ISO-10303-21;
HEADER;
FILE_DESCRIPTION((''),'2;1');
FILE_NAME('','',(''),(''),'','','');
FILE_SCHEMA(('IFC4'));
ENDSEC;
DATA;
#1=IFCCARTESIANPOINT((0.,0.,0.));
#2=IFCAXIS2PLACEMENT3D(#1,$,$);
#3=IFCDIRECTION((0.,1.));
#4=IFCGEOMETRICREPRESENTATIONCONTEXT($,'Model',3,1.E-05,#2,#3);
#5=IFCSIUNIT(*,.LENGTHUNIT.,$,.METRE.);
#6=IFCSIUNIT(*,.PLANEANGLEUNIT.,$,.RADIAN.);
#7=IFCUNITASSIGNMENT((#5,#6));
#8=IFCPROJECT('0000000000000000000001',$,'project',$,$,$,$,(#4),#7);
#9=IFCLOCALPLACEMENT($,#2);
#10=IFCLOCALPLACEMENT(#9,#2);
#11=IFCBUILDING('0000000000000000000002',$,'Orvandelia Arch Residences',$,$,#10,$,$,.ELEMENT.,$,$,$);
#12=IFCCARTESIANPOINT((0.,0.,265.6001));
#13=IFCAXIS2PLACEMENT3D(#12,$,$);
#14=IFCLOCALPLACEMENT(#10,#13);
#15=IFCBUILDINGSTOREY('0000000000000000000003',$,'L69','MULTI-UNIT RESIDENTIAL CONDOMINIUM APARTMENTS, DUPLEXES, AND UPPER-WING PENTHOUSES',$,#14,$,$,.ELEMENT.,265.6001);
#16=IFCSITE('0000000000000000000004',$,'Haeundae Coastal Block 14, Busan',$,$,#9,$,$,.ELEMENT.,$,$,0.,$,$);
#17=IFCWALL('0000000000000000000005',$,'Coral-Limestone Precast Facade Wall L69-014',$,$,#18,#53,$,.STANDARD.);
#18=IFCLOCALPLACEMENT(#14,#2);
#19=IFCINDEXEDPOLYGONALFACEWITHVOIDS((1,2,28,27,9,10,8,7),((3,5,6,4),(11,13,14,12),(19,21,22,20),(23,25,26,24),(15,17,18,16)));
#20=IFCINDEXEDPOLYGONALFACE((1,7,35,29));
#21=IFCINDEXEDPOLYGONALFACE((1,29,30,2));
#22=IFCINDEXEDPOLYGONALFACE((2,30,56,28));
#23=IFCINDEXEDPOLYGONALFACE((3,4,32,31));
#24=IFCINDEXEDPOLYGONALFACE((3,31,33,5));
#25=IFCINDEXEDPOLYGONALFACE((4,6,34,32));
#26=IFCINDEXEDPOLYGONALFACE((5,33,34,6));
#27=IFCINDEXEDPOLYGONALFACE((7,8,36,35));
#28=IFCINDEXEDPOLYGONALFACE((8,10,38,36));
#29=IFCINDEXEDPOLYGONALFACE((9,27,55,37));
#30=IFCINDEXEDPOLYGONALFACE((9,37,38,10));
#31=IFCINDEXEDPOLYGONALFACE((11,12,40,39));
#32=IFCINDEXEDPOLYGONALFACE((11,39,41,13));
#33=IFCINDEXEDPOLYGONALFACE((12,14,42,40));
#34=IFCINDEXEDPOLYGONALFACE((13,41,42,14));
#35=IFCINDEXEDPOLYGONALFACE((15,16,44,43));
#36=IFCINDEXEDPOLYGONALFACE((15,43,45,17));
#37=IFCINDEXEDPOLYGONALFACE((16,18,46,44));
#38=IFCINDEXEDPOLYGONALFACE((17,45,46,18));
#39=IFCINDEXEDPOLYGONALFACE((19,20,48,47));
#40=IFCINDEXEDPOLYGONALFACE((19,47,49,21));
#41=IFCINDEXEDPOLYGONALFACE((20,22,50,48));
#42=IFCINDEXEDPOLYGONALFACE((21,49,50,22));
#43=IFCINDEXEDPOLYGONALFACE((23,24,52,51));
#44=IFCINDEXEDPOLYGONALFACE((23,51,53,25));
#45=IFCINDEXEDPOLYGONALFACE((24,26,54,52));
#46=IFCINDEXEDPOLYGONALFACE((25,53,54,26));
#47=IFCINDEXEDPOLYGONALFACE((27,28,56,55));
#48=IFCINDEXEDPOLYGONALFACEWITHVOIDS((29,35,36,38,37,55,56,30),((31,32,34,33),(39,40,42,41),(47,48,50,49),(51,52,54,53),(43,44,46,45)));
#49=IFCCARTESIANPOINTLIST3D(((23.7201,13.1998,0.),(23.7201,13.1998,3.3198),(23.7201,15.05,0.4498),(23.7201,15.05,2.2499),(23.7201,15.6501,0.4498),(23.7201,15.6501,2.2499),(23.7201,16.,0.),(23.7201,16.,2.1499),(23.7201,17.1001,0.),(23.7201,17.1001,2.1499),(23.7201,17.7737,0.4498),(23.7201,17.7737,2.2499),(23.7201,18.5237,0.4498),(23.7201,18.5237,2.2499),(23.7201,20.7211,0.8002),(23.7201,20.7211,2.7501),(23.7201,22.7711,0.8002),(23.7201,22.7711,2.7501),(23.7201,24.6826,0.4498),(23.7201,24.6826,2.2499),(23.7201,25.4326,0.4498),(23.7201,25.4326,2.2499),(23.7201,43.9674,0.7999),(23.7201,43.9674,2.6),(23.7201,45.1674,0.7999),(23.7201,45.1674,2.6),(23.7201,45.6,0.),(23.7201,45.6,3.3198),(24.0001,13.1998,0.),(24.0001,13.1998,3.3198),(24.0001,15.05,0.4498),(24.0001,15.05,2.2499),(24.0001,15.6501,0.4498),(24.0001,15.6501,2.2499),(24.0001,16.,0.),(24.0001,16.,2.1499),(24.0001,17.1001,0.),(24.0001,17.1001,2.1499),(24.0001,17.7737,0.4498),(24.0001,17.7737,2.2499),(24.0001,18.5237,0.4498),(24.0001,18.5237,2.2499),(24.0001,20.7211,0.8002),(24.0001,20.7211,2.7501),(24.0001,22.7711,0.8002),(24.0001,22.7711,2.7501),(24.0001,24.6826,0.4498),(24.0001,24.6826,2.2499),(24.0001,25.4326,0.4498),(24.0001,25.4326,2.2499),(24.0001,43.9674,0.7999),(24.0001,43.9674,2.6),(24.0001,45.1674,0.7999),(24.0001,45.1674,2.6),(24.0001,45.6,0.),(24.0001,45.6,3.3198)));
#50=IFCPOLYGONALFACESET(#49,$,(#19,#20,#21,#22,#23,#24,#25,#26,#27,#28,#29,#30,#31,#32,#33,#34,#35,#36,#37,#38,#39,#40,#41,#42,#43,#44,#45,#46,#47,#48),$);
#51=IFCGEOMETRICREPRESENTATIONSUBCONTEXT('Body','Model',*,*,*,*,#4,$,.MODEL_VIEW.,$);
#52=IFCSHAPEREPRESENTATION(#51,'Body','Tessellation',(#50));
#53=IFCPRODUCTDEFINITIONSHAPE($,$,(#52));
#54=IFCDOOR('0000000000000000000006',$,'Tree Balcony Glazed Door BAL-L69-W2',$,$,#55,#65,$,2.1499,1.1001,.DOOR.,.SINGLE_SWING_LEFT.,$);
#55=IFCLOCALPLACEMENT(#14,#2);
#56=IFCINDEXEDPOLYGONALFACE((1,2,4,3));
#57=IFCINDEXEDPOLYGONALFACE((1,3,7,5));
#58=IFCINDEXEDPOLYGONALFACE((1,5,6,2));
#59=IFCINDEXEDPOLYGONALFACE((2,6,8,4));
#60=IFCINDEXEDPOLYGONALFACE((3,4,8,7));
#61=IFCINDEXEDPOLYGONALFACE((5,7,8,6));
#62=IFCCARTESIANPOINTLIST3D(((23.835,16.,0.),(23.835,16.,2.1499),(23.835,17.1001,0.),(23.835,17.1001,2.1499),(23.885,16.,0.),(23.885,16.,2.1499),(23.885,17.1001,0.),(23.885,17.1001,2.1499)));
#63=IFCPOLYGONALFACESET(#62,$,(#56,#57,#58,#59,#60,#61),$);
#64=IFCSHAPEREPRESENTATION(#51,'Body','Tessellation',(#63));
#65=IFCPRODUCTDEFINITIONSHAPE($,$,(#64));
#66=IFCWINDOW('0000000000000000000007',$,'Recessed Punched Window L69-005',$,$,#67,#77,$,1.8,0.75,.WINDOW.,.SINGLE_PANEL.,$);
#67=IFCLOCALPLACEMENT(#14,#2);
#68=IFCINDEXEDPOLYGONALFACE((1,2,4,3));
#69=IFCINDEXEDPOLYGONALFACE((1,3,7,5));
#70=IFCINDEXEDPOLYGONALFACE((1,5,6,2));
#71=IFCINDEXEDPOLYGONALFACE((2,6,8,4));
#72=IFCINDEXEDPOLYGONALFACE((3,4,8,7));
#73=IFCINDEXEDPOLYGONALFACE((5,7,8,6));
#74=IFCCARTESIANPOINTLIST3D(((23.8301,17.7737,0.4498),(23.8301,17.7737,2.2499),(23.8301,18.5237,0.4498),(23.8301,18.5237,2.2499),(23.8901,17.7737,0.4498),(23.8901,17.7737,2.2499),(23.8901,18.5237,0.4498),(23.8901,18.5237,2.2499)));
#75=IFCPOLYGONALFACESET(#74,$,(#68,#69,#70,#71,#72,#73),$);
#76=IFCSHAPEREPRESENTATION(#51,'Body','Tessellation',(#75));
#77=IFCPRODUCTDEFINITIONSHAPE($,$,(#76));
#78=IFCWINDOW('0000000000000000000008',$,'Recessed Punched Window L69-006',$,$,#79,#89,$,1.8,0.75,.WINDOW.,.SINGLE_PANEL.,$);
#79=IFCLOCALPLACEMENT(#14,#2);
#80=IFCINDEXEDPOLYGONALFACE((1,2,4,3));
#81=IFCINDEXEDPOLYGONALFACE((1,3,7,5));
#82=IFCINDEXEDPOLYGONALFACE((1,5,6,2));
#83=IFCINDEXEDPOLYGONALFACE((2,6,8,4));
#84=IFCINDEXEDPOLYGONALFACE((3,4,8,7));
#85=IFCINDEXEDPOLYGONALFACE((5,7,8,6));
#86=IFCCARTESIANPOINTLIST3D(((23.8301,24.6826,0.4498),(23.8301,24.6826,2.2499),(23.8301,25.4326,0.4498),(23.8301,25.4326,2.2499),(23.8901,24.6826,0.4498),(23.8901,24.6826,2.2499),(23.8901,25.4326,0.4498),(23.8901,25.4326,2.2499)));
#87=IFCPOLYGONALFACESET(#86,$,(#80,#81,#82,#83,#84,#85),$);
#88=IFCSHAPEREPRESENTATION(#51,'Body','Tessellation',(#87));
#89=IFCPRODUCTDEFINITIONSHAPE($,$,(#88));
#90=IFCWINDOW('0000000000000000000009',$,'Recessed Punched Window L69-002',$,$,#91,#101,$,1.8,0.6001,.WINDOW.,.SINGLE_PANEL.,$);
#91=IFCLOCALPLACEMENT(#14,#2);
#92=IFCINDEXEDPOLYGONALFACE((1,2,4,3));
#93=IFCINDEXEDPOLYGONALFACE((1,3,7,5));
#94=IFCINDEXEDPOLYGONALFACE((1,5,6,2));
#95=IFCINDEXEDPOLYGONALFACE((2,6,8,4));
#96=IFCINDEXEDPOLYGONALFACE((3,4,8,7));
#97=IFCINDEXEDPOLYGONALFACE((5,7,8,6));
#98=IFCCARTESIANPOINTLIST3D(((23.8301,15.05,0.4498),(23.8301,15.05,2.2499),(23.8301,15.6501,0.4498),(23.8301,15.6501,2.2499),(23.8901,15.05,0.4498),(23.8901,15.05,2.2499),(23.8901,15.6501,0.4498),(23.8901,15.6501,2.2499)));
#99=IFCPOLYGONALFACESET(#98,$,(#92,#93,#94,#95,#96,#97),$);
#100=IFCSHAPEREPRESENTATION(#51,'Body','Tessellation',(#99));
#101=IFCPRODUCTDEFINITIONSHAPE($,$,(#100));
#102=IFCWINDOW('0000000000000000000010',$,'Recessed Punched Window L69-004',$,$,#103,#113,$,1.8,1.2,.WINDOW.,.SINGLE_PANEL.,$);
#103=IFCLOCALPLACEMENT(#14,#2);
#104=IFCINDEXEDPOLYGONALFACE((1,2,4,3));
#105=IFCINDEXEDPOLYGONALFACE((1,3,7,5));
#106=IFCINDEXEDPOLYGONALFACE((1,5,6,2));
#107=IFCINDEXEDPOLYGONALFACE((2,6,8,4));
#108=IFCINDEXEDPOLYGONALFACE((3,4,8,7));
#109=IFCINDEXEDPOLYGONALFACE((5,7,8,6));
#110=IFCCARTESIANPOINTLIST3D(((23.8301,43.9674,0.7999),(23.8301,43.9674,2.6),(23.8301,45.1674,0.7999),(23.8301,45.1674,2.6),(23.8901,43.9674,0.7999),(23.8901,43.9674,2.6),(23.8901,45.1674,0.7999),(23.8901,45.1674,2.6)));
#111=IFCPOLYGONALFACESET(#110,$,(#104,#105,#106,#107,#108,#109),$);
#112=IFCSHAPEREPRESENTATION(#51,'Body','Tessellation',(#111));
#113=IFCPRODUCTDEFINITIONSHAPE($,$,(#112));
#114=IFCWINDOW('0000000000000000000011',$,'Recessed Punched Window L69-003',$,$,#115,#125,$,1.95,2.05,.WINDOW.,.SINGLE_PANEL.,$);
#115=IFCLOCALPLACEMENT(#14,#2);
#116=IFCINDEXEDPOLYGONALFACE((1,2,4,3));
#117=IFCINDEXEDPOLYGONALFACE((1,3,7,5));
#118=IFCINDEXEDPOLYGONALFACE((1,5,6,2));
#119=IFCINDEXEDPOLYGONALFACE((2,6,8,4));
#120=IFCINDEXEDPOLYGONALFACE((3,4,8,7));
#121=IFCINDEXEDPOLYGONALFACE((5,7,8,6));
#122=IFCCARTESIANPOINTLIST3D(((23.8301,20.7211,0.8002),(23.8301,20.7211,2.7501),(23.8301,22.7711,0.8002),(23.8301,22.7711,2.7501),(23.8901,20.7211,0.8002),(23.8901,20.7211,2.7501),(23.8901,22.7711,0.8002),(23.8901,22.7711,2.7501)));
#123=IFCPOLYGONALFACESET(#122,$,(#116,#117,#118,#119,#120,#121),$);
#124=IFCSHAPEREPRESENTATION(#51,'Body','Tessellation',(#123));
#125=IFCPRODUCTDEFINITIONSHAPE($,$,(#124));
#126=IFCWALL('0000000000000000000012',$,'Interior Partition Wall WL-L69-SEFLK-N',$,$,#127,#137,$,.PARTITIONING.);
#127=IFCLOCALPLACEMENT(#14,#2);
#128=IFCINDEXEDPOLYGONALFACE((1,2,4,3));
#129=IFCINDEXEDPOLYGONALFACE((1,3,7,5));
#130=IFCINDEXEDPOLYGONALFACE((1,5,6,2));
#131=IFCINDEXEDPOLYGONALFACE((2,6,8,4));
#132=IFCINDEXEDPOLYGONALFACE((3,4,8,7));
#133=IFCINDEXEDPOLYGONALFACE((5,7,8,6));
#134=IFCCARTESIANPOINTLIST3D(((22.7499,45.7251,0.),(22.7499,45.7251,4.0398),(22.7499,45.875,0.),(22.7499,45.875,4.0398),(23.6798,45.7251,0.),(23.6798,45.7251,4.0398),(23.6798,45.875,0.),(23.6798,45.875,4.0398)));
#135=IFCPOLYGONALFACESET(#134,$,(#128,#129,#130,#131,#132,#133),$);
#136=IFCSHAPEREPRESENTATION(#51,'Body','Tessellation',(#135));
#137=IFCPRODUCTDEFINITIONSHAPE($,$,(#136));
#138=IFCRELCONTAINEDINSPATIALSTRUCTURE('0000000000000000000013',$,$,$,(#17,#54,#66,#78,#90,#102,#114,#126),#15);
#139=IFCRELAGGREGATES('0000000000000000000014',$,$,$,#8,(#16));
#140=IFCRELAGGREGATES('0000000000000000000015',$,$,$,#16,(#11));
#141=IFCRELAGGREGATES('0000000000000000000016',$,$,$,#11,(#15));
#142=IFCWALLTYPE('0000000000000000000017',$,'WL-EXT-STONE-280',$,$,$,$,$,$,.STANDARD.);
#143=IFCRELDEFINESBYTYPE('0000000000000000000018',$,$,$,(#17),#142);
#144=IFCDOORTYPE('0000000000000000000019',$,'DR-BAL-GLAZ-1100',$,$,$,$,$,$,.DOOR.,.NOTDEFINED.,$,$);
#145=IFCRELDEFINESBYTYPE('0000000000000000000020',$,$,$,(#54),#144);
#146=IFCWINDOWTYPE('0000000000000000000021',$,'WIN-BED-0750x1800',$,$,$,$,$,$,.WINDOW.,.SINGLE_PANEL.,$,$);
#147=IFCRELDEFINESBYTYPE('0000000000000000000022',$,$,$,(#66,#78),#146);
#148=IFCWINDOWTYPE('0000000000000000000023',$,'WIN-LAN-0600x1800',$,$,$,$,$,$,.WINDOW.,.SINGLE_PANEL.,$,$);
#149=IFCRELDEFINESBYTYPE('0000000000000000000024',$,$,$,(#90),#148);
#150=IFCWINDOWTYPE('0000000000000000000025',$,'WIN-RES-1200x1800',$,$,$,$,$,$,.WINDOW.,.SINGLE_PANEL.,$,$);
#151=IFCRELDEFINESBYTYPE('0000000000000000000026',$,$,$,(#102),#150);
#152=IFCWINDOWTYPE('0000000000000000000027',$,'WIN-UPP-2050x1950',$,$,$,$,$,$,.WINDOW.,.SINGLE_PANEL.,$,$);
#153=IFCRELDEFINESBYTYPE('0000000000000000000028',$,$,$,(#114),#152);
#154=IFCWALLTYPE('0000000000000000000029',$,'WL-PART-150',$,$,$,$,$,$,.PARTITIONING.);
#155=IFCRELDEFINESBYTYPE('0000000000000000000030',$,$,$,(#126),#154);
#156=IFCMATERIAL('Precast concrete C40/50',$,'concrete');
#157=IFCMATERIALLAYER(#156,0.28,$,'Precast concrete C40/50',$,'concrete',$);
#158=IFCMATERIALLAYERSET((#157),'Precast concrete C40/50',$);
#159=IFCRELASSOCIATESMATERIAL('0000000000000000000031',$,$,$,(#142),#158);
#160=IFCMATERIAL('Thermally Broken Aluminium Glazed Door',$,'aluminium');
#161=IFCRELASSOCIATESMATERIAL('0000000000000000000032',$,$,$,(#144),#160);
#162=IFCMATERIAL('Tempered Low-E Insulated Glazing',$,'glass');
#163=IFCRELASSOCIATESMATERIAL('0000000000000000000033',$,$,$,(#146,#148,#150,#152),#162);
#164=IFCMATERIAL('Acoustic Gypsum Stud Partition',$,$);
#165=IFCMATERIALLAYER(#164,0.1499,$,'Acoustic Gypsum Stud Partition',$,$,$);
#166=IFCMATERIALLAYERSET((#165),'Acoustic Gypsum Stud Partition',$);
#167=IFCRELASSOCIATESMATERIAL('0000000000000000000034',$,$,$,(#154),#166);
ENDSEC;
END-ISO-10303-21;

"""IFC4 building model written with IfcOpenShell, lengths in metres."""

from ifc_helpers import new_model, si_unit, direction, frame, frame_2d, origin, place, context, subcontext, project, spatial, rectangle, extrude, material, layer, layer_set, type_object, element, fill, save


model = new_model("IFC4")

# Units and contexts
model_context = context("Model", 3, precision=1e-05, world=origin(), true_north=direction((0.0, 1.0)))
body_context = subcontext(model_context, "Body", "Model", "MODEL_VIEW")
ifc_project = project(units=[si_unit("LENGTHUNIT", "METRE"), si_unit("PLANEANGLEUNIT", "RADIAN")], contexts=[model_context])

# Site, building, storey
site_placement = place(None, origin())
site = spatial("IfcSite", under=ifc_project, at=site_placement, Name="Haeundae Coastal Block 14, Busan", CompositionType="ELEMENT", RefElevation=0.0)
building_placement = place(site_placement, origin())
building = spatial("IfcBuilding", under=site, at=building_placement, Name="Orvandelia Arch Residences", CompositionType="ELEMENT")
storey_placement = place(building_placement, frame((0.0, 0.0, 265.6001)))
storey = spatial("IfcBuildingStorey", under=building, at=storey_placement, Name="L69", Description="MULTI-UNIT RESIDENTIAL CONDOMINIUM APARTMENTS, DUPLEXES, AND UPPER-WING PENTHOUSES", CompositionType="ELEMENT", Elevation=265.6001)

# Shared definitions
ifc_material_1 = material(Name="Precast concrete C40/50", Category="concrete")
ifc_layer_1 = layer(ifc_material_1, 0.28, Name="Precast concrete C40/50", Category="concrete")
ifc_layer_set_1 = layer_set([ifc_layer_1], Name="Precast concrete C40/50")
wall_type_1 = type_object("IfcWallType", Name="WL-EXT-STONE-280", PredefinedType="STANDARD", material=ifc_layer_set_1)

# Wall, openings, door, windows
wall_1_placement = place(storey_placement, frame((23.8601, 45.6001, 0.0), z_axis=(0.0, 0.0, 1.0), x_axis=(0.0, -1.0, 0.0)))
wall_1 = element("IfcWall", 1, at=wall_1_placement, inside=storey, type_object=wall_type_1, Name="Coral-Limestone Precast Facade Wall L69-014", PredefinedType="STANDARD", context=body_context, shape_type="SweptSolid", body=[
    extrude(rectangle(XDim=32.4001, YDim=0.28, at=frame_2d((16.2002, 0.0))), origin(), (0.0, 0.0, 1.0), 3.3198),
])
opening_1_placement = place(wall_1_placement, frame((28.5, 0.0, 0.0)))
opening_1 = element("IfcOpeningElement", 2, at=opening_1_placement, cuts=wall_1, PredefinedType="OPENING", context=body_context, shape_type="SweptSolid", body=[
    extrude(rectangle(XDim=1.1001, YDim=2.1499, at=frame_2d((0.55, 1.075))), frame((0.0, 0.1499, 0.0), z_axis=(0.0, -1.0, 0.0), x_axis=(1.0, 0.0, 0.0)), (0.0, 0.0, 1.0), 0.3),
])
opening_2_placement = place(wall_1_placement, frame((29.95, 0.0, 0.45)))
opening_2 = element("IfcOpeningElement", 3, at=opening_2_placement, cuts=wall_1, PredefinedType="OPENING", context=body_context, shape_type="SweptSolid", body=[
    extrude(rectangle(XDim=0.6001, YDim=1.8, at=frame_2d((0.3, 0.8999))), frame((0.0, 0.1499, 0.0), z_axis=(0.0, -1.0, 0.0), x_axis=(1.0, 0.0, 0.0)), (0.0, 0.0, 1.0), 0.3),
])
opening_3_placement = place(wall_1_placement, frame((22.8291, 0.0, 0.8)))
opening_3 = element("IfcOpeningElement", 4, at=opening_3_placement, cuts=wall_1, PredefinedType="OPENING", context=body_context, shape_type="SweptSolid", body=[
    extrude(rectangle(XDim=2.05, YDim=1.95, at=frame_2d((1.0249, 0.9751))), frame((0.0, 0.1499, 0.0), z_axis=(0.0, -1.0, 0.0), x_axis=(1.0, 0.0, 0.0)), (0.0, 0.0, 1.0), 0.3),
])
opening_4_placement = place(wall_1_placement, frame((0.4326, 0.0, 0.8)))
opening_4 = element("IfcOpeningElement", 5, at=opening_4_placement, cuts=wall_1, PredefinedType="OPENING", context=body_context, shape_type="SweptSolid", body=[
    extrude(rectangle(XDim=1.2, YDim=1.8, at=frame_2d((0.6001, 0.8999))), frame((0.0, 0.1499, 0.0), z_axis=(0.0, -1.0, 0.0), x_axis=(1.0, 0.0, 0.0)), (0.0, 0.0, 1.0), 0.3),
])
opening_5_placement = place(wall_1_placement, frame((27.0764, 0.0, 0.45)))
opening_5 = element("IfcOpeningElement", 6, at=opening_5_placement, cuts=wall_1, PredefinedType="OPENING", context=body_context, shape_type="SweptSolid", body=[
    extrude(rectangle(XDim=0.75, YDim=1.8, at=frame_2d((0.375, 0.8999))), frame((0.0, 0.1499, 0.0), z_axis=(0.0, -1.0, 0.0), x_axis=(1.0, 0.0, 0.0)), (0.0, 0.0, 1.0), 0.3),
])
opening_6_placement = place(wall_1_placement, frame((20.1675, 0.0, 0.45)))
opening_6 = element("IfcOpeningElement", 7, at=opening_6_placement, cuts=wall_1, PredefinedType="OPENING", context=body_context, shape_type="SweptSolid", body=[
    extrude(rectangle(XDim=0.75, YDim=1.8, at=frame_2d((0.375, 0.8999))), frame((0.0, 0.1499, 0.0), z_axis=(0.0, -1.0, 0.0), x_axis=(1.0, 0.0, 0.0)), (0.0, 0.0, 1.0), 0.3),
])
ifc_material_2 = material(Name="Thermally Broken Aluminium Glazed Door", Category="aluminium")
door_type = type_object("IfcDoorType", Name="DR-BAL-GLAZ-1100", OperationType="NOTDEFINED", PredefinedType="DOOR", material=ifc_material_2)
door_placement = place(opening_1_placement, origin())
door = element("IfcDoor", 8, at=door_placement, inside=storey, type_object=door_type, Name="Tree Balcony Glazed Door BAL-L69-W2", OperationType="SINGLE_SWING_LEFT", OverallHeight=2.1499, OverallWidth=1.1001, PredefinedType="DOOR", context=body_context, shape_type="SweptSolid", body=[
    extrude(rectangle(XDim=1.1001, YDim=2.1499, at=frame_2d((0.55, 1.075))), frame((0.0, 0.0249, 0.0), z_axis=(0.0, -1.0, 0.0), x_axis=(1.0, 0.0, 0.0)), (0.0, 0.0, 1.0), 0.05),
])
fill(opening_1, door)
ifc_material_3 = material(Name="Tempered Low-E Insulated Glazing", Category="glass")
window_type_1 = type_object("IfcWindowType", Name="WIN-BED-0750x1800", PartitioningType="SINGLE_PANEL", PredefinedType="WINDOW", material=ifc_material_3)
window_1_placement = place(opening_5_placement, origin())
window_1 = element("IfcWindow", 9, at=window_1_placement, inside=storey, type_object=window_type_1, Name="Recessed Punched Window L69-005", OverallHeight=1.8, OverallWidth=0.75, PartitioningType="SINGLE_PANEL", PredefinedType="WINDOW", context=body_context, shape_type="SweptSolid", body=[
    extrude(rectangle(XDim=0.75, YDim=1.8, at=frame_2d((0.375, 0.8999))), frame((0.0, 0.03, 0.0), z_axis=(0.0, -1.0, 0.0), x_axis=(1.0, 0.0, 0.0)), (0.0, 0.0, 1.0), 0.0601),
])
fill(opening_5, window_1)
window_2_placement = place(opening_6_placement, origin())
window_2 = element("IfcWindow", 10, at=window_2_placement, inside=storey, type_object=window_type_1, Name="Recessed Punched Window L69-006", OverallHeight=1.8, OverallWidth=0.75, PartitioningType="SINGLE_PANEL", PredefinedType="WINDOW", context=body_context, shape_type="SweptSolid", body=[
    extrude(rectangle(XDim=0.75, YDim=1.8, at=frame_2d((0.375, 0.8999))), frame((0.0, 0.03, 0.0), z_axis=(0.0, -1.0, 0.0), x_axis=(1.0, 0.0, 0.0)), (0.0, 0.0, 1.0), 0.0601),
])
fill(opening_6, window_2)
window_type_2 = type_object("IfcWindowType", Name="WIN-LAN-0600x1800", PartitioningType="SINGLE_PANEL", PredefinedType="WINDOW", material=ifc_material_3)
window_3_placement = place(opening_2_placement, origin())
window_3 = element("IfcWindow", 11, at=window_3_placement, inside=storey, type_object=window_type_2, Name="Recessed Punched Window L69-002", OverallHeight=1.8, OverallWidth=0.6001, PartitioningType="SINGLE_PANEL", PredefinedType="WINDOW", context=body_context, shape_type="SweptSolid", body=[
    extrude(rectangle(XDim=0.6001, YDim=1.8, at=frame_2d((0.3, 0.8999))), frame((0.0, 0.03, 0.0), z_axis=(0.0, -1.0, 0.0), x_axis=(1.0, 0.0, 0.0)), (0.0, 0.0, 1.0), 0.0601),
])
fill(opening_2, window_3)
window_type_3 = type_object("IfcWindowType", Name="WIN-RES-1200x1800", PartitioningType="SINGLE_PANEL", PredefinedType="WINDOW", material=ifc_material_3)
window_4_placement = place(opening_4_placement, origin())
window_4 = element("IfcWindow", 12, at=window_4_placement, inside=storey, type_object=window_type_3, Name="Recessed Punched Window L69-004", OverallHeight=1.8, OverallWidth=1.2, PartitioningType="SINGLE_PANEL", PredefinedType="WINDOW", context=body_context, shape_type="SweptSolid", body=[
    extrude(rectangle(XDim=1.2, YDim=1.8, at=frame_2d((0.6001, 0.8999))), frame((0.0, 0.03, 0.0), z_axis=(0.0, -1.0, 0.0), x_axis=(1.0, 0.0, 0.0)), (0.0, 0.0, 1.0), 0.0601),
])
fill(opening_4, window_4)
window_type_4 = type_object("IfcWindowType", Name="WIN-UPP-2050x1950", PartitioningType="SINGLE_PANEL", PredefinedType="WINDOW", material=ifc_material_3)
window_5_placement = place(opening_3_placement, origin())
window_5 = element("IfcWindow", 13, at=window_5_placement, inside=storey, type_object=window_type_4, Name="Recessed Punched Window L69-003", OverallHeight=1.95, OverallWidth=2.05, PartitioningType="SINGLE_PANEL", PredefinedType="WINDOW", context=body_context, shape_type="SweptSolid", body=[
    extrude(rectangle(XDim=2.05, YDim=1.95, at=frame_2d((1.0249, 0.9751))), frame((0.0, 0.03, 0.0), z_axis=(0.0, -1.0, 0.0), x_axis=(1.0, 0.0, 0.0)), (0.0, 0.0, 1.0), 0.0601),
])
fill(opening_3, window_5)

# Wall
ifc_material_4 = material(Name="Acoustic Gypsum Stud Partition")
ifc_layer_2 = layer(ifc_material_4, 0.1499, Name="Acoustic Gypsum Stud Partition")
ifc_layer_set_2 = layer_set([ifc_layer_2], Name="Acoustic Gypsum Stud Partition")
wall_type_2 = type_object("IfcWallType", Name="WL-PART-150", PredefinedType="PARTITIONING", material=ifc_layer_set_2)
wall_2_placement = place(storey_placement, frame((22.75, 45.8, 0.0), z_axis=(0.0, 0.0, 1.0), x_axis=(1.0, 0.0, 0.0)))
element("IfcWall", 14, at=wall_2_placement, inside=storey, type_object=wall_type_2, Name="Interior Partition Wall WL-L69-SEFLK-N", PredefinedType="PARTITIONING", context=body_context, shape_type="SweptSolid", body=[
    extrude(rectangle(XDim=0.9299, YDim=0.1499, at=frame_2d((0.4648, 0.0))), origin(), (0.0, 0.0, 1.0), 4.0398),
])

save(model, "model.ifc")
